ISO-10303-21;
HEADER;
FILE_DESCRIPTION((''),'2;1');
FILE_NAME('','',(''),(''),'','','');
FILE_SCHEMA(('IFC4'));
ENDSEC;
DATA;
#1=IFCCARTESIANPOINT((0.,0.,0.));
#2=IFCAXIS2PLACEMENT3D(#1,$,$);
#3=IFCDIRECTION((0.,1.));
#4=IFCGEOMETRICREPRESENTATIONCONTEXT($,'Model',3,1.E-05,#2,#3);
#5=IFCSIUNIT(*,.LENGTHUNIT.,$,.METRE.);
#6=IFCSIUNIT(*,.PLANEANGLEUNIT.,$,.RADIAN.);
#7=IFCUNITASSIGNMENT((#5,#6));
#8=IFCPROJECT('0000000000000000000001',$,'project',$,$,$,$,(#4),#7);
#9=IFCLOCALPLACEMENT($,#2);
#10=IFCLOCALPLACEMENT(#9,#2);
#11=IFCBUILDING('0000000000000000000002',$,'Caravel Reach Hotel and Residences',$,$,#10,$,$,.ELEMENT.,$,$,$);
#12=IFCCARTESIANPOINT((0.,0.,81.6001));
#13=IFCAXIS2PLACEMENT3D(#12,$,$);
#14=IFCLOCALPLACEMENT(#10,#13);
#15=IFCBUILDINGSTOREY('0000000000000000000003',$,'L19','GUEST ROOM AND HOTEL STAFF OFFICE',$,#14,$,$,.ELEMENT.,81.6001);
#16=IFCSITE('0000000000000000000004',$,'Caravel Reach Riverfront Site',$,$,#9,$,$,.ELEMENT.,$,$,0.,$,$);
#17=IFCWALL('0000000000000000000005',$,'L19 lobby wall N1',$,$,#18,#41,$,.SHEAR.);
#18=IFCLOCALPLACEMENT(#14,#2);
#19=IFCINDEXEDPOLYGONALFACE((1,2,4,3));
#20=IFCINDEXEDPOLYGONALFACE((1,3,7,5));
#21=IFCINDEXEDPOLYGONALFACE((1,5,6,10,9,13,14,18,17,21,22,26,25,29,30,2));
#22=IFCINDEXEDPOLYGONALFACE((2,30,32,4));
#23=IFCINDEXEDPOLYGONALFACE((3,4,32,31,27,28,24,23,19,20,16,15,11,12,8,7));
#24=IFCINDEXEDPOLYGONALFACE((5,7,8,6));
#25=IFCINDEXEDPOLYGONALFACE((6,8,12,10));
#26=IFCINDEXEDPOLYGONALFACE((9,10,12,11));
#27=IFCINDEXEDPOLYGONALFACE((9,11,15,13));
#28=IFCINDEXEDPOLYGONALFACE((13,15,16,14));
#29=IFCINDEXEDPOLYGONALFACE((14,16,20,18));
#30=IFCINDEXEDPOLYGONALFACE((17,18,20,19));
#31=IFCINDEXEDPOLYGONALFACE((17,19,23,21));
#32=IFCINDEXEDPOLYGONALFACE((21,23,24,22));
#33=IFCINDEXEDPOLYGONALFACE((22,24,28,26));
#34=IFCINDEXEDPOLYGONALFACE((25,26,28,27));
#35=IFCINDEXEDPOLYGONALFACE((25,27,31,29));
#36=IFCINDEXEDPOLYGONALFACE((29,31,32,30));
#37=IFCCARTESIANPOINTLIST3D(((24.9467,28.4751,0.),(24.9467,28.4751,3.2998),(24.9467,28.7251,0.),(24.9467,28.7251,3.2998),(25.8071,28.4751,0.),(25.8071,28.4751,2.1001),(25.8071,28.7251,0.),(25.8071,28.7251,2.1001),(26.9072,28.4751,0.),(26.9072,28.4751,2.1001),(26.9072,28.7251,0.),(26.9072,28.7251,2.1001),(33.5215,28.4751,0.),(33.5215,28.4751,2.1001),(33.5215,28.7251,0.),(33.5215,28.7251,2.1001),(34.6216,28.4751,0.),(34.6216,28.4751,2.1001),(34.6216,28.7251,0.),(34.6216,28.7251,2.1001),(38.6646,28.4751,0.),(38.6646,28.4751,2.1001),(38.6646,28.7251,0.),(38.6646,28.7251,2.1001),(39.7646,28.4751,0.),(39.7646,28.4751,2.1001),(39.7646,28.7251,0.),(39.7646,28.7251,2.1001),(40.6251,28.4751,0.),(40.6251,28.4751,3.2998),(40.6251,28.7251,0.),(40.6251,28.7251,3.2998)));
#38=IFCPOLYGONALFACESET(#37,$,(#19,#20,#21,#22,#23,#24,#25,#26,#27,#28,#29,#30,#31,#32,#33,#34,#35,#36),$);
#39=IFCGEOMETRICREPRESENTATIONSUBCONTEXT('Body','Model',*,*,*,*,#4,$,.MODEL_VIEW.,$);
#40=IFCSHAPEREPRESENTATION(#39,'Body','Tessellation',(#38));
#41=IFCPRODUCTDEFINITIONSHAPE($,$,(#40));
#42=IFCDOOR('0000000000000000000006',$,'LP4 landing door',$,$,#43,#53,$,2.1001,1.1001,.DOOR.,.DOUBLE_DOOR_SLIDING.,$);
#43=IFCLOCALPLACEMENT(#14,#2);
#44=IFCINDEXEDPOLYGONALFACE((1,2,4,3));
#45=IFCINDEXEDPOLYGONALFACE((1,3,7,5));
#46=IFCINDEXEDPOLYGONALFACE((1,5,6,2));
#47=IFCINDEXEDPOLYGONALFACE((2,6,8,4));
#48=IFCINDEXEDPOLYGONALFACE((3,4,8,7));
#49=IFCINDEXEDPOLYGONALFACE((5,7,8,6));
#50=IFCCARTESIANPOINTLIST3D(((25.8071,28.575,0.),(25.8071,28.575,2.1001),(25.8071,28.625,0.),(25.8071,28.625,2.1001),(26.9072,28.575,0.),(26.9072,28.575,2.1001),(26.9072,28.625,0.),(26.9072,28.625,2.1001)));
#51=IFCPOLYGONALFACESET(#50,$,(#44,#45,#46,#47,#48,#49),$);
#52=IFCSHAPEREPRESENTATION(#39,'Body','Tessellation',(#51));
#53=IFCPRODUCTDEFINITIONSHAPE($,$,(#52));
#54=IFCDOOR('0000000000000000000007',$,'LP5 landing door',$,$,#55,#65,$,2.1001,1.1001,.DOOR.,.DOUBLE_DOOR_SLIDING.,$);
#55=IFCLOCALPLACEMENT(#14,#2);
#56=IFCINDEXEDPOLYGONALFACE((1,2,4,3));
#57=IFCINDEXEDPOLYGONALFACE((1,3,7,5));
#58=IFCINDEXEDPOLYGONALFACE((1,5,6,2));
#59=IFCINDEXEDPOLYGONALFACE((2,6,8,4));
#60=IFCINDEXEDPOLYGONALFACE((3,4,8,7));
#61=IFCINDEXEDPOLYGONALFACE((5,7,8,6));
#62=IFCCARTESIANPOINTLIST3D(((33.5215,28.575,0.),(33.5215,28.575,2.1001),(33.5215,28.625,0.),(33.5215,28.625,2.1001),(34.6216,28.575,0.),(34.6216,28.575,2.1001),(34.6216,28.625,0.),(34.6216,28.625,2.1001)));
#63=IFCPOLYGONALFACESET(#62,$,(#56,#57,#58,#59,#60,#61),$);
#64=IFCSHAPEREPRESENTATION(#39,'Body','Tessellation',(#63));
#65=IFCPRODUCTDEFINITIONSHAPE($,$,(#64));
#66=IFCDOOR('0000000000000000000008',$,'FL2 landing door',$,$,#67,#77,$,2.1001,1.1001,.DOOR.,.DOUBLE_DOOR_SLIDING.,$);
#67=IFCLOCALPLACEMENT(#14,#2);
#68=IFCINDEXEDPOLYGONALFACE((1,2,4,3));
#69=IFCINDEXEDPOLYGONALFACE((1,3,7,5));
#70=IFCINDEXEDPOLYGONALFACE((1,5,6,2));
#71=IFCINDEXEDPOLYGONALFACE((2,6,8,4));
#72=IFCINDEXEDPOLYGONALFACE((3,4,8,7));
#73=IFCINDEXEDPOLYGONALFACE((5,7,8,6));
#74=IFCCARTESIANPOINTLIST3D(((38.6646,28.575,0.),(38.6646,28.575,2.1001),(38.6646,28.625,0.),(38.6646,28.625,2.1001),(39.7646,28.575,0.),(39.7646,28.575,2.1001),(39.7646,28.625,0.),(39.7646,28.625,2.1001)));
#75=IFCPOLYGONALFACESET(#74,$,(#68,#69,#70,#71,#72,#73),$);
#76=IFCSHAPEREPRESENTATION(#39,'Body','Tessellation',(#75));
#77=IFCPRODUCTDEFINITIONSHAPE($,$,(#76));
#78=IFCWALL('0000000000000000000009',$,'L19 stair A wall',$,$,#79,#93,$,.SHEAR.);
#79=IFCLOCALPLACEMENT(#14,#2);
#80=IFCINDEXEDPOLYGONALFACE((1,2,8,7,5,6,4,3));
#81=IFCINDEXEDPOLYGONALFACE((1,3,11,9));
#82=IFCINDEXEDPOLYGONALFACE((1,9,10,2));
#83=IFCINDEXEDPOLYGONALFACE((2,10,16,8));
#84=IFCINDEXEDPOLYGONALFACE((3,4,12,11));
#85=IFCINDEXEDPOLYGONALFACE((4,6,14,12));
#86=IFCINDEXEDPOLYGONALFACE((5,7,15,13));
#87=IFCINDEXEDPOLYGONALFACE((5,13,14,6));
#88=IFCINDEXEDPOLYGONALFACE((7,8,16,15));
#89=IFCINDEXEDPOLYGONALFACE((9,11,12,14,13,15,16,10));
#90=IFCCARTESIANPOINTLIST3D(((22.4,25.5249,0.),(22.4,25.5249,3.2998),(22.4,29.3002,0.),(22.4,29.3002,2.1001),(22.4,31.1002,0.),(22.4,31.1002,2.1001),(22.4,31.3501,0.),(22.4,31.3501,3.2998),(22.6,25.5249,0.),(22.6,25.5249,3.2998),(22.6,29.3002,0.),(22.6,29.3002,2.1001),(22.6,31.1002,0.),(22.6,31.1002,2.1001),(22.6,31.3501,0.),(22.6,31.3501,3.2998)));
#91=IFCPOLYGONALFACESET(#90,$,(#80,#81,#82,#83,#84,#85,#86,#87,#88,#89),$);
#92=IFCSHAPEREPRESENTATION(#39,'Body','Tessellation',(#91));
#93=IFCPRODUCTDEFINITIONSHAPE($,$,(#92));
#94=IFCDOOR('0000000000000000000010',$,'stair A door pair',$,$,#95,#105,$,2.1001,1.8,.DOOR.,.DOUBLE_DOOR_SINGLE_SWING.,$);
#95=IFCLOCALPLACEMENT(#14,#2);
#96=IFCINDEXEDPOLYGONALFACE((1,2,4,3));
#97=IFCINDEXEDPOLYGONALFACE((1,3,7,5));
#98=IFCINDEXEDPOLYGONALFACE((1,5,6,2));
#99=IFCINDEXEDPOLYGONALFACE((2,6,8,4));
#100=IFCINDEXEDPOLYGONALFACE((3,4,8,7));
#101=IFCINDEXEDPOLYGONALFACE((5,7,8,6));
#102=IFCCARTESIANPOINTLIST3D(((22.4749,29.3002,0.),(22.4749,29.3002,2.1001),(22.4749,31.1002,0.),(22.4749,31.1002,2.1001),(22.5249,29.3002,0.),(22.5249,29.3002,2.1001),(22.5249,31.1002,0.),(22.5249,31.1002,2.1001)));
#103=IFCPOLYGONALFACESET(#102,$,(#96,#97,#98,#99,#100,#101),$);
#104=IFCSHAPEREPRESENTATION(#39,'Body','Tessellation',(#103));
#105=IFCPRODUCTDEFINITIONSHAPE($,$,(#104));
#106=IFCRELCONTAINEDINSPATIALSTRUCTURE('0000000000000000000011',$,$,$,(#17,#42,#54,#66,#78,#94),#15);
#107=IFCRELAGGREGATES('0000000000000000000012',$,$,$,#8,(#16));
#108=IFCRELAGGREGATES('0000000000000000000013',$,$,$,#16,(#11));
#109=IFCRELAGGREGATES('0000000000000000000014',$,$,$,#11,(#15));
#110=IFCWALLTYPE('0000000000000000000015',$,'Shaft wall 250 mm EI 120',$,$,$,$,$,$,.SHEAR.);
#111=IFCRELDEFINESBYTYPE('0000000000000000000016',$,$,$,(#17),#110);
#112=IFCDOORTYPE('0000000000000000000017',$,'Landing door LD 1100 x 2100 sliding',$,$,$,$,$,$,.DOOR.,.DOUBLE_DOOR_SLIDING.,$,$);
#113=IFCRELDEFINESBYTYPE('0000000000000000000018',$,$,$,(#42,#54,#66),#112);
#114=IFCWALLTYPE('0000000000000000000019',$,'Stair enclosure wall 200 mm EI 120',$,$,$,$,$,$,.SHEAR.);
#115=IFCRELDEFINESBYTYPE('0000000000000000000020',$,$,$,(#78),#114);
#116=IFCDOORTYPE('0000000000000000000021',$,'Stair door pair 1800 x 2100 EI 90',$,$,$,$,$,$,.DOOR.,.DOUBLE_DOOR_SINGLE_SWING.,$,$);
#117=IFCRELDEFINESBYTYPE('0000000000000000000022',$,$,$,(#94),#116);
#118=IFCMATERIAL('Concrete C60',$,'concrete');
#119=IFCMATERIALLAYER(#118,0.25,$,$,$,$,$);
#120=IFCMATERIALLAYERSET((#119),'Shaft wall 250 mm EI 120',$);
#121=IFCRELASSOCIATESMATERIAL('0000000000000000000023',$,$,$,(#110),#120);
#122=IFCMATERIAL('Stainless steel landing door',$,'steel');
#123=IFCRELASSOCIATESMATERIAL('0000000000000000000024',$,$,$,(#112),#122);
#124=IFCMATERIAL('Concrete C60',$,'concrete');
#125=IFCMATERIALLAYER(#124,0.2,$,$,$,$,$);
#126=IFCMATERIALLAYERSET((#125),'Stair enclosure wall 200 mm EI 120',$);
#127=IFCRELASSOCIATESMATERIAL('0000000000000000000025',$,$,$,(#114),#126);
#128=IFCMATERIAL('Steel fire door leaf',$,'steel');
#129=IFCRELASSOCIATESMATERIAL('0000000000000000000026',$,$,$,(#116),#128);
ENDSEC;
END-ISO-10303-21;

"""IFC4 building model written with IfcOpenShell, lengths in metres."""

from ifc_helpers import new_model, si_unit, direction, frame, frame_2d, origin, place, context, subcontext, project, spatial, rectangle, extrude, material, layer, layer_set, type_object, element, fill, save


model = new_model("IFC4")

# Units and contexts
model_context = context("Model", 3, precision=1e-05, world=origin(), true_north=direction((0.0, 1.0)))
body_context = subcontext(model_context, "Body", "Model", "MODEL_VIEW")
ifc_project = project(units=[si_unit("LENGTHUNIT", "METRE"), si_unit("PLANEANGLEUNIT", "RADIAN")], contexts=[model_context])

# Site, building, storey
site_placement = place(None, origin())
site = spatial("IfcSite", under=ifc_project, at=site_placement, Name="Caravel Reach Riverfront Site", CompositionType="ELEMENT", RefElevation=0.0)
building_placement = place(site_placement, origin())
building = spatial("IfcBuilding", under=site, at=building_placement, Name="Caravel Reach Hotel and Residences", CompositionType="ELEMENT")
storey_placement = place(building_placement, frame((0.0, 0.0, 81.6001)))
storey = spatial("IfcBuildingStorey", under=building, at=storey_placement, Name="L19", Description="GUEST ROOM AND HOTEL STAFF OFFICE", CompositionType="ELEMENT", Elevation=81.6001)

# Wall, openings, doors
ifc_material_1 = material(Name="Concrete C60", Category="concrete")
ifc_layer_1 = layer(ifc_material_1, 0.25)
ifc_layer_set_1 = layer_set([ifc_layer_1], Name="Shaft wall 250 mm EI 120")
wall_type_1 = type_object("IfcWallType", Name="Shaft wall 250 mm EI 120", PredefinedType="SHEAR", material=ifc_layer_set_1)
wall_1_placement = place(storey_placement, frame((24.9465, 28.6001, 0.0), z_axis=(0.0, 0.0, 1.0), x_axis=(1.0, 0.0, 0.0)))
wall_1 = element("IfcWall", 1, at=wall_1_placement, inside=storey, type_object=wall_type_1, Name="L19 lobby wall N1", PredefinedType="SHEAR", context=body_context, shape_type="SweptSolid", body=[
    extrude(rectangle(XDim=15.6785, YDim=0.25, at=frame_2d((7.8394, 0.0))), origin(), (0.0, 0.0, 1.0), 3.2998),
])
opening_1_placement = place(wall_1_placement, frame((0.8606, 0.0, 0.0)))
opening_1 = element("IfcOpeningElement", 2, at=opening_1_placement, cuts=wall_1, PredefinedType="OPENING", context=body_context, shape_type="SweptSolid", body=[
    extrude(rectangle(XDim=1.1001, YDim=2.1001, at=frame_2d((0.55, 1.05))), frame((0.0, 0.135, 0.0), z_axis=(0.0, -1.0, 0.0), x_axis=(1.0, 0.0, 0.0)), (0.0, 0.0, 1.0), 0.27),
])
opening_2_placement = place(wall_1_placement, frame((8.575, 0.0, 0.0)))
opening_2 = element("IfcOpeningElement", 3, at=opening_2_placement, cuts=wall_1, PredefinedType="OPENING", context=body_context, shape_type="SweptSolid", body=[
    extrude(rectangle(XDim=1.1001, YDim=2.1001, at=frame_2d((0.55, 1.05))), frame((0.0, 0.135, 0.0), z_axis=(0.0, -1.0, 0.0), x_axis=(1.0, 0.0, 0.0)), (0.0, 0.0, 1.0), 0.27),
])
opening_3_placement = place(wall_1_placement, frame((13.718, 0.0, 0.0)))
opening_3 = element("IfcOpeningElement", 4, at=opening_3_placement, cuts=wall_1, PredefinedType="OPENING", context=body_context, shape_type="SweptSolid", body=[
    extrude(rectangle(XDim=1.1001, YDim=2.1001, at=frame_2d((0.55, 1.05))), frame((0.0, 0.135, 0.0), z_axis=(0.0, -1.0, 0.0), x_axis=(1.0, 0.0, 0.0)), (0.0, 0.0, 1.0), 0.27),
])
ifc_material_2 = material(Name="Stainless steel landing door", Category="steel")
door_type_1 = type_object("IfcDoorType", Name="Landing door LD 1100 x 2100 sliding", OperationType="DOUBLE_DOOR_SLIDING", PredefinedType="DOOR", material=ifc_material_2)
door_1_placement = place(opening_1_placement, origin())
door_1 = element("IfcDoor", 5, at=door_1_placement, inside=storey, type_object=door_type_1, Name="LP4 landing door", OperationType="DOUBLE_DOOR_SLIDING", OverallHeight=2.1001, OverallWidth=1.1001, PredefinedType="DOOR", context=body_context, shape_type="SweptSolid", body=[
    extrude(rectangle(XDim=1.1001, YDim=2.1001, at=frame_2d((0.55, 1.05))), frame((0.0, 0.0249, 0.0), z_axis=(0.0, -1.0, 0.0), x_axis=(1.0, 0.0, 0.0)), (0.0, 0.0, 1.0), 0.05),
])
fill(opening_1, door_1)
door_2_placement = place(opening_2_placement, origin())
door_2 = element("IfcDoor", 6, at=door_2_placement, inside=storey, type_object=door_type_1, Name="LP5 landing door", OperationType="DOUBLE_DOOR_SLIDING", OverallHeight=2.1001, OverallWidth=1.1001, PredefinedType="DOOR", context=body_context, shape_type="SweptSolid", body=[
    extrude(rectangle(XDim=1.1001, YDim=2.1001, at=frame_2d((0.55, 1.05))), frame((0.0, 0.0249, 0.0), z_axis=(0.0, -1.0, 0.0), x_axis=(1.0, 0.0, 0.0)), (0.0, 0.0, 1.0), 0.05),
])
fill(opening_2, door_2)
door_3_placement = place(opening_3_placement, origin())
door_3 = element("IfcDoor", 7, at=door_3_placement, inside=storey, type_object=door_type_1, Name="FL2 landing door", OperationType="DOUBLE_DOOR_SLIDING", OverallHeight=2.1001, OverallWidth=1.1001, PredefinedType="DOOR", context=body_context, shape_type="SweptSolid", body=[
    extrude(rectangle(XDim=1.1001, YDim=2.1001, at=frame_2d((0.55, 1.05))), frame((0.0, 0.0249, 0.0), z_axis=(0.0, -1.0, 0.0), x_axis=(1.0, 0.0, 0.0)), (0.0, 0.0, 1.0), 0.05),
])
fill(opening_3, door_3)

# Wall, opening, door
ifc_material_3 = material(Name="Concrete C60", Category="concrete")
ifc_layer_2 = layer(ifc_material_3, 0.2)
ifc_layer_set_2 = layer_set([ifc_layer_2], Name="Stair enclosure wall 200 mm EI 120")
wall_type_2 = type_object("IfcWallType", Name="Stair enclosure wall 200 mm EI 120", PredefinedType="SHEAR", material=ifc_layer_set_2)
wall_2_placement = place(storey_placement, frame((22.5, 31.3501, 0.0), z_axis=(0.0, 0.0, 1.0), x_axis=(0.0, -1.0, 0.0)))
wall_2 = element("IfcWall", 8, at=wall_2_placement, inside=storey, type_object=wall_type_2, Name="L19 stair A wall", PredefinedType="SHEAR", context=body_context, shape_type="SweptSolid", body=[
    extrude(rectangle(XDim=5.8252, YDim=0.2, at=frame_2d((2.9126, 0.0))), origin(), (0.0, 0.0, 1.0), 3.2998),
])
opening_4_placement = place(wall_2_placement, frame((0.25, 0.0, 0.0)))
opening_4 = element("IfcOpeningElement", 9, at=opening_4_placement, cuts=wall_2, PredefinedType="OPENING", context=body_context, shape_type="SweptSolid", body=[
    extrude(rectangle(XDim=1.8, YDim=2.1001, at=frame_2d((0.8999, 1.05))), frame((0.0, 0.1099, 0.0), z_axis=(0.0, -1.0, 0.0), x_axis=(1.0, 0.0, 0.0)), (0.0, 0.0, 1.0), 0.22),
])
ifc_material_4 = material(Name="Steel fire door leaf", Category="steel")
door_type_2 = type_object("IfcDoorType", Name="Stair door pair 1800 x 2100 EI 90", OperationType="DOUBLE_DOOR_SINGLE_SWING", PredefinedType="DOOR", material=ifc_material_4)
door_4_placement = place(opening_4_placement, origin())
door_4 = element("IfcDoor", 10, at=door_4_placement, inside=storey, type_object=door_type_2, Name="stair A door pair", OperationType="DOUBLE_DOOR_SINGLE_SWING", OverallHeight=2.1001, OverallWidth=1.8, PredefinedType="DOOR", context=body_context, shape_type="SweptSolid", body=[
    extrude(rectangle(XDim=1.8, YDim=2.1001, at=frame_2d((0.8999, 1.05))), frame((0.0, 0.0249, 0.0), z_axis=(0.0, -1.0, 0.0), x_axis=(1.0, 0.0, 0.0)), (0.0, 0.0, 1.0), 0.05),
])
fill(opening_4, door_4)

save(model, "model.ifc")
